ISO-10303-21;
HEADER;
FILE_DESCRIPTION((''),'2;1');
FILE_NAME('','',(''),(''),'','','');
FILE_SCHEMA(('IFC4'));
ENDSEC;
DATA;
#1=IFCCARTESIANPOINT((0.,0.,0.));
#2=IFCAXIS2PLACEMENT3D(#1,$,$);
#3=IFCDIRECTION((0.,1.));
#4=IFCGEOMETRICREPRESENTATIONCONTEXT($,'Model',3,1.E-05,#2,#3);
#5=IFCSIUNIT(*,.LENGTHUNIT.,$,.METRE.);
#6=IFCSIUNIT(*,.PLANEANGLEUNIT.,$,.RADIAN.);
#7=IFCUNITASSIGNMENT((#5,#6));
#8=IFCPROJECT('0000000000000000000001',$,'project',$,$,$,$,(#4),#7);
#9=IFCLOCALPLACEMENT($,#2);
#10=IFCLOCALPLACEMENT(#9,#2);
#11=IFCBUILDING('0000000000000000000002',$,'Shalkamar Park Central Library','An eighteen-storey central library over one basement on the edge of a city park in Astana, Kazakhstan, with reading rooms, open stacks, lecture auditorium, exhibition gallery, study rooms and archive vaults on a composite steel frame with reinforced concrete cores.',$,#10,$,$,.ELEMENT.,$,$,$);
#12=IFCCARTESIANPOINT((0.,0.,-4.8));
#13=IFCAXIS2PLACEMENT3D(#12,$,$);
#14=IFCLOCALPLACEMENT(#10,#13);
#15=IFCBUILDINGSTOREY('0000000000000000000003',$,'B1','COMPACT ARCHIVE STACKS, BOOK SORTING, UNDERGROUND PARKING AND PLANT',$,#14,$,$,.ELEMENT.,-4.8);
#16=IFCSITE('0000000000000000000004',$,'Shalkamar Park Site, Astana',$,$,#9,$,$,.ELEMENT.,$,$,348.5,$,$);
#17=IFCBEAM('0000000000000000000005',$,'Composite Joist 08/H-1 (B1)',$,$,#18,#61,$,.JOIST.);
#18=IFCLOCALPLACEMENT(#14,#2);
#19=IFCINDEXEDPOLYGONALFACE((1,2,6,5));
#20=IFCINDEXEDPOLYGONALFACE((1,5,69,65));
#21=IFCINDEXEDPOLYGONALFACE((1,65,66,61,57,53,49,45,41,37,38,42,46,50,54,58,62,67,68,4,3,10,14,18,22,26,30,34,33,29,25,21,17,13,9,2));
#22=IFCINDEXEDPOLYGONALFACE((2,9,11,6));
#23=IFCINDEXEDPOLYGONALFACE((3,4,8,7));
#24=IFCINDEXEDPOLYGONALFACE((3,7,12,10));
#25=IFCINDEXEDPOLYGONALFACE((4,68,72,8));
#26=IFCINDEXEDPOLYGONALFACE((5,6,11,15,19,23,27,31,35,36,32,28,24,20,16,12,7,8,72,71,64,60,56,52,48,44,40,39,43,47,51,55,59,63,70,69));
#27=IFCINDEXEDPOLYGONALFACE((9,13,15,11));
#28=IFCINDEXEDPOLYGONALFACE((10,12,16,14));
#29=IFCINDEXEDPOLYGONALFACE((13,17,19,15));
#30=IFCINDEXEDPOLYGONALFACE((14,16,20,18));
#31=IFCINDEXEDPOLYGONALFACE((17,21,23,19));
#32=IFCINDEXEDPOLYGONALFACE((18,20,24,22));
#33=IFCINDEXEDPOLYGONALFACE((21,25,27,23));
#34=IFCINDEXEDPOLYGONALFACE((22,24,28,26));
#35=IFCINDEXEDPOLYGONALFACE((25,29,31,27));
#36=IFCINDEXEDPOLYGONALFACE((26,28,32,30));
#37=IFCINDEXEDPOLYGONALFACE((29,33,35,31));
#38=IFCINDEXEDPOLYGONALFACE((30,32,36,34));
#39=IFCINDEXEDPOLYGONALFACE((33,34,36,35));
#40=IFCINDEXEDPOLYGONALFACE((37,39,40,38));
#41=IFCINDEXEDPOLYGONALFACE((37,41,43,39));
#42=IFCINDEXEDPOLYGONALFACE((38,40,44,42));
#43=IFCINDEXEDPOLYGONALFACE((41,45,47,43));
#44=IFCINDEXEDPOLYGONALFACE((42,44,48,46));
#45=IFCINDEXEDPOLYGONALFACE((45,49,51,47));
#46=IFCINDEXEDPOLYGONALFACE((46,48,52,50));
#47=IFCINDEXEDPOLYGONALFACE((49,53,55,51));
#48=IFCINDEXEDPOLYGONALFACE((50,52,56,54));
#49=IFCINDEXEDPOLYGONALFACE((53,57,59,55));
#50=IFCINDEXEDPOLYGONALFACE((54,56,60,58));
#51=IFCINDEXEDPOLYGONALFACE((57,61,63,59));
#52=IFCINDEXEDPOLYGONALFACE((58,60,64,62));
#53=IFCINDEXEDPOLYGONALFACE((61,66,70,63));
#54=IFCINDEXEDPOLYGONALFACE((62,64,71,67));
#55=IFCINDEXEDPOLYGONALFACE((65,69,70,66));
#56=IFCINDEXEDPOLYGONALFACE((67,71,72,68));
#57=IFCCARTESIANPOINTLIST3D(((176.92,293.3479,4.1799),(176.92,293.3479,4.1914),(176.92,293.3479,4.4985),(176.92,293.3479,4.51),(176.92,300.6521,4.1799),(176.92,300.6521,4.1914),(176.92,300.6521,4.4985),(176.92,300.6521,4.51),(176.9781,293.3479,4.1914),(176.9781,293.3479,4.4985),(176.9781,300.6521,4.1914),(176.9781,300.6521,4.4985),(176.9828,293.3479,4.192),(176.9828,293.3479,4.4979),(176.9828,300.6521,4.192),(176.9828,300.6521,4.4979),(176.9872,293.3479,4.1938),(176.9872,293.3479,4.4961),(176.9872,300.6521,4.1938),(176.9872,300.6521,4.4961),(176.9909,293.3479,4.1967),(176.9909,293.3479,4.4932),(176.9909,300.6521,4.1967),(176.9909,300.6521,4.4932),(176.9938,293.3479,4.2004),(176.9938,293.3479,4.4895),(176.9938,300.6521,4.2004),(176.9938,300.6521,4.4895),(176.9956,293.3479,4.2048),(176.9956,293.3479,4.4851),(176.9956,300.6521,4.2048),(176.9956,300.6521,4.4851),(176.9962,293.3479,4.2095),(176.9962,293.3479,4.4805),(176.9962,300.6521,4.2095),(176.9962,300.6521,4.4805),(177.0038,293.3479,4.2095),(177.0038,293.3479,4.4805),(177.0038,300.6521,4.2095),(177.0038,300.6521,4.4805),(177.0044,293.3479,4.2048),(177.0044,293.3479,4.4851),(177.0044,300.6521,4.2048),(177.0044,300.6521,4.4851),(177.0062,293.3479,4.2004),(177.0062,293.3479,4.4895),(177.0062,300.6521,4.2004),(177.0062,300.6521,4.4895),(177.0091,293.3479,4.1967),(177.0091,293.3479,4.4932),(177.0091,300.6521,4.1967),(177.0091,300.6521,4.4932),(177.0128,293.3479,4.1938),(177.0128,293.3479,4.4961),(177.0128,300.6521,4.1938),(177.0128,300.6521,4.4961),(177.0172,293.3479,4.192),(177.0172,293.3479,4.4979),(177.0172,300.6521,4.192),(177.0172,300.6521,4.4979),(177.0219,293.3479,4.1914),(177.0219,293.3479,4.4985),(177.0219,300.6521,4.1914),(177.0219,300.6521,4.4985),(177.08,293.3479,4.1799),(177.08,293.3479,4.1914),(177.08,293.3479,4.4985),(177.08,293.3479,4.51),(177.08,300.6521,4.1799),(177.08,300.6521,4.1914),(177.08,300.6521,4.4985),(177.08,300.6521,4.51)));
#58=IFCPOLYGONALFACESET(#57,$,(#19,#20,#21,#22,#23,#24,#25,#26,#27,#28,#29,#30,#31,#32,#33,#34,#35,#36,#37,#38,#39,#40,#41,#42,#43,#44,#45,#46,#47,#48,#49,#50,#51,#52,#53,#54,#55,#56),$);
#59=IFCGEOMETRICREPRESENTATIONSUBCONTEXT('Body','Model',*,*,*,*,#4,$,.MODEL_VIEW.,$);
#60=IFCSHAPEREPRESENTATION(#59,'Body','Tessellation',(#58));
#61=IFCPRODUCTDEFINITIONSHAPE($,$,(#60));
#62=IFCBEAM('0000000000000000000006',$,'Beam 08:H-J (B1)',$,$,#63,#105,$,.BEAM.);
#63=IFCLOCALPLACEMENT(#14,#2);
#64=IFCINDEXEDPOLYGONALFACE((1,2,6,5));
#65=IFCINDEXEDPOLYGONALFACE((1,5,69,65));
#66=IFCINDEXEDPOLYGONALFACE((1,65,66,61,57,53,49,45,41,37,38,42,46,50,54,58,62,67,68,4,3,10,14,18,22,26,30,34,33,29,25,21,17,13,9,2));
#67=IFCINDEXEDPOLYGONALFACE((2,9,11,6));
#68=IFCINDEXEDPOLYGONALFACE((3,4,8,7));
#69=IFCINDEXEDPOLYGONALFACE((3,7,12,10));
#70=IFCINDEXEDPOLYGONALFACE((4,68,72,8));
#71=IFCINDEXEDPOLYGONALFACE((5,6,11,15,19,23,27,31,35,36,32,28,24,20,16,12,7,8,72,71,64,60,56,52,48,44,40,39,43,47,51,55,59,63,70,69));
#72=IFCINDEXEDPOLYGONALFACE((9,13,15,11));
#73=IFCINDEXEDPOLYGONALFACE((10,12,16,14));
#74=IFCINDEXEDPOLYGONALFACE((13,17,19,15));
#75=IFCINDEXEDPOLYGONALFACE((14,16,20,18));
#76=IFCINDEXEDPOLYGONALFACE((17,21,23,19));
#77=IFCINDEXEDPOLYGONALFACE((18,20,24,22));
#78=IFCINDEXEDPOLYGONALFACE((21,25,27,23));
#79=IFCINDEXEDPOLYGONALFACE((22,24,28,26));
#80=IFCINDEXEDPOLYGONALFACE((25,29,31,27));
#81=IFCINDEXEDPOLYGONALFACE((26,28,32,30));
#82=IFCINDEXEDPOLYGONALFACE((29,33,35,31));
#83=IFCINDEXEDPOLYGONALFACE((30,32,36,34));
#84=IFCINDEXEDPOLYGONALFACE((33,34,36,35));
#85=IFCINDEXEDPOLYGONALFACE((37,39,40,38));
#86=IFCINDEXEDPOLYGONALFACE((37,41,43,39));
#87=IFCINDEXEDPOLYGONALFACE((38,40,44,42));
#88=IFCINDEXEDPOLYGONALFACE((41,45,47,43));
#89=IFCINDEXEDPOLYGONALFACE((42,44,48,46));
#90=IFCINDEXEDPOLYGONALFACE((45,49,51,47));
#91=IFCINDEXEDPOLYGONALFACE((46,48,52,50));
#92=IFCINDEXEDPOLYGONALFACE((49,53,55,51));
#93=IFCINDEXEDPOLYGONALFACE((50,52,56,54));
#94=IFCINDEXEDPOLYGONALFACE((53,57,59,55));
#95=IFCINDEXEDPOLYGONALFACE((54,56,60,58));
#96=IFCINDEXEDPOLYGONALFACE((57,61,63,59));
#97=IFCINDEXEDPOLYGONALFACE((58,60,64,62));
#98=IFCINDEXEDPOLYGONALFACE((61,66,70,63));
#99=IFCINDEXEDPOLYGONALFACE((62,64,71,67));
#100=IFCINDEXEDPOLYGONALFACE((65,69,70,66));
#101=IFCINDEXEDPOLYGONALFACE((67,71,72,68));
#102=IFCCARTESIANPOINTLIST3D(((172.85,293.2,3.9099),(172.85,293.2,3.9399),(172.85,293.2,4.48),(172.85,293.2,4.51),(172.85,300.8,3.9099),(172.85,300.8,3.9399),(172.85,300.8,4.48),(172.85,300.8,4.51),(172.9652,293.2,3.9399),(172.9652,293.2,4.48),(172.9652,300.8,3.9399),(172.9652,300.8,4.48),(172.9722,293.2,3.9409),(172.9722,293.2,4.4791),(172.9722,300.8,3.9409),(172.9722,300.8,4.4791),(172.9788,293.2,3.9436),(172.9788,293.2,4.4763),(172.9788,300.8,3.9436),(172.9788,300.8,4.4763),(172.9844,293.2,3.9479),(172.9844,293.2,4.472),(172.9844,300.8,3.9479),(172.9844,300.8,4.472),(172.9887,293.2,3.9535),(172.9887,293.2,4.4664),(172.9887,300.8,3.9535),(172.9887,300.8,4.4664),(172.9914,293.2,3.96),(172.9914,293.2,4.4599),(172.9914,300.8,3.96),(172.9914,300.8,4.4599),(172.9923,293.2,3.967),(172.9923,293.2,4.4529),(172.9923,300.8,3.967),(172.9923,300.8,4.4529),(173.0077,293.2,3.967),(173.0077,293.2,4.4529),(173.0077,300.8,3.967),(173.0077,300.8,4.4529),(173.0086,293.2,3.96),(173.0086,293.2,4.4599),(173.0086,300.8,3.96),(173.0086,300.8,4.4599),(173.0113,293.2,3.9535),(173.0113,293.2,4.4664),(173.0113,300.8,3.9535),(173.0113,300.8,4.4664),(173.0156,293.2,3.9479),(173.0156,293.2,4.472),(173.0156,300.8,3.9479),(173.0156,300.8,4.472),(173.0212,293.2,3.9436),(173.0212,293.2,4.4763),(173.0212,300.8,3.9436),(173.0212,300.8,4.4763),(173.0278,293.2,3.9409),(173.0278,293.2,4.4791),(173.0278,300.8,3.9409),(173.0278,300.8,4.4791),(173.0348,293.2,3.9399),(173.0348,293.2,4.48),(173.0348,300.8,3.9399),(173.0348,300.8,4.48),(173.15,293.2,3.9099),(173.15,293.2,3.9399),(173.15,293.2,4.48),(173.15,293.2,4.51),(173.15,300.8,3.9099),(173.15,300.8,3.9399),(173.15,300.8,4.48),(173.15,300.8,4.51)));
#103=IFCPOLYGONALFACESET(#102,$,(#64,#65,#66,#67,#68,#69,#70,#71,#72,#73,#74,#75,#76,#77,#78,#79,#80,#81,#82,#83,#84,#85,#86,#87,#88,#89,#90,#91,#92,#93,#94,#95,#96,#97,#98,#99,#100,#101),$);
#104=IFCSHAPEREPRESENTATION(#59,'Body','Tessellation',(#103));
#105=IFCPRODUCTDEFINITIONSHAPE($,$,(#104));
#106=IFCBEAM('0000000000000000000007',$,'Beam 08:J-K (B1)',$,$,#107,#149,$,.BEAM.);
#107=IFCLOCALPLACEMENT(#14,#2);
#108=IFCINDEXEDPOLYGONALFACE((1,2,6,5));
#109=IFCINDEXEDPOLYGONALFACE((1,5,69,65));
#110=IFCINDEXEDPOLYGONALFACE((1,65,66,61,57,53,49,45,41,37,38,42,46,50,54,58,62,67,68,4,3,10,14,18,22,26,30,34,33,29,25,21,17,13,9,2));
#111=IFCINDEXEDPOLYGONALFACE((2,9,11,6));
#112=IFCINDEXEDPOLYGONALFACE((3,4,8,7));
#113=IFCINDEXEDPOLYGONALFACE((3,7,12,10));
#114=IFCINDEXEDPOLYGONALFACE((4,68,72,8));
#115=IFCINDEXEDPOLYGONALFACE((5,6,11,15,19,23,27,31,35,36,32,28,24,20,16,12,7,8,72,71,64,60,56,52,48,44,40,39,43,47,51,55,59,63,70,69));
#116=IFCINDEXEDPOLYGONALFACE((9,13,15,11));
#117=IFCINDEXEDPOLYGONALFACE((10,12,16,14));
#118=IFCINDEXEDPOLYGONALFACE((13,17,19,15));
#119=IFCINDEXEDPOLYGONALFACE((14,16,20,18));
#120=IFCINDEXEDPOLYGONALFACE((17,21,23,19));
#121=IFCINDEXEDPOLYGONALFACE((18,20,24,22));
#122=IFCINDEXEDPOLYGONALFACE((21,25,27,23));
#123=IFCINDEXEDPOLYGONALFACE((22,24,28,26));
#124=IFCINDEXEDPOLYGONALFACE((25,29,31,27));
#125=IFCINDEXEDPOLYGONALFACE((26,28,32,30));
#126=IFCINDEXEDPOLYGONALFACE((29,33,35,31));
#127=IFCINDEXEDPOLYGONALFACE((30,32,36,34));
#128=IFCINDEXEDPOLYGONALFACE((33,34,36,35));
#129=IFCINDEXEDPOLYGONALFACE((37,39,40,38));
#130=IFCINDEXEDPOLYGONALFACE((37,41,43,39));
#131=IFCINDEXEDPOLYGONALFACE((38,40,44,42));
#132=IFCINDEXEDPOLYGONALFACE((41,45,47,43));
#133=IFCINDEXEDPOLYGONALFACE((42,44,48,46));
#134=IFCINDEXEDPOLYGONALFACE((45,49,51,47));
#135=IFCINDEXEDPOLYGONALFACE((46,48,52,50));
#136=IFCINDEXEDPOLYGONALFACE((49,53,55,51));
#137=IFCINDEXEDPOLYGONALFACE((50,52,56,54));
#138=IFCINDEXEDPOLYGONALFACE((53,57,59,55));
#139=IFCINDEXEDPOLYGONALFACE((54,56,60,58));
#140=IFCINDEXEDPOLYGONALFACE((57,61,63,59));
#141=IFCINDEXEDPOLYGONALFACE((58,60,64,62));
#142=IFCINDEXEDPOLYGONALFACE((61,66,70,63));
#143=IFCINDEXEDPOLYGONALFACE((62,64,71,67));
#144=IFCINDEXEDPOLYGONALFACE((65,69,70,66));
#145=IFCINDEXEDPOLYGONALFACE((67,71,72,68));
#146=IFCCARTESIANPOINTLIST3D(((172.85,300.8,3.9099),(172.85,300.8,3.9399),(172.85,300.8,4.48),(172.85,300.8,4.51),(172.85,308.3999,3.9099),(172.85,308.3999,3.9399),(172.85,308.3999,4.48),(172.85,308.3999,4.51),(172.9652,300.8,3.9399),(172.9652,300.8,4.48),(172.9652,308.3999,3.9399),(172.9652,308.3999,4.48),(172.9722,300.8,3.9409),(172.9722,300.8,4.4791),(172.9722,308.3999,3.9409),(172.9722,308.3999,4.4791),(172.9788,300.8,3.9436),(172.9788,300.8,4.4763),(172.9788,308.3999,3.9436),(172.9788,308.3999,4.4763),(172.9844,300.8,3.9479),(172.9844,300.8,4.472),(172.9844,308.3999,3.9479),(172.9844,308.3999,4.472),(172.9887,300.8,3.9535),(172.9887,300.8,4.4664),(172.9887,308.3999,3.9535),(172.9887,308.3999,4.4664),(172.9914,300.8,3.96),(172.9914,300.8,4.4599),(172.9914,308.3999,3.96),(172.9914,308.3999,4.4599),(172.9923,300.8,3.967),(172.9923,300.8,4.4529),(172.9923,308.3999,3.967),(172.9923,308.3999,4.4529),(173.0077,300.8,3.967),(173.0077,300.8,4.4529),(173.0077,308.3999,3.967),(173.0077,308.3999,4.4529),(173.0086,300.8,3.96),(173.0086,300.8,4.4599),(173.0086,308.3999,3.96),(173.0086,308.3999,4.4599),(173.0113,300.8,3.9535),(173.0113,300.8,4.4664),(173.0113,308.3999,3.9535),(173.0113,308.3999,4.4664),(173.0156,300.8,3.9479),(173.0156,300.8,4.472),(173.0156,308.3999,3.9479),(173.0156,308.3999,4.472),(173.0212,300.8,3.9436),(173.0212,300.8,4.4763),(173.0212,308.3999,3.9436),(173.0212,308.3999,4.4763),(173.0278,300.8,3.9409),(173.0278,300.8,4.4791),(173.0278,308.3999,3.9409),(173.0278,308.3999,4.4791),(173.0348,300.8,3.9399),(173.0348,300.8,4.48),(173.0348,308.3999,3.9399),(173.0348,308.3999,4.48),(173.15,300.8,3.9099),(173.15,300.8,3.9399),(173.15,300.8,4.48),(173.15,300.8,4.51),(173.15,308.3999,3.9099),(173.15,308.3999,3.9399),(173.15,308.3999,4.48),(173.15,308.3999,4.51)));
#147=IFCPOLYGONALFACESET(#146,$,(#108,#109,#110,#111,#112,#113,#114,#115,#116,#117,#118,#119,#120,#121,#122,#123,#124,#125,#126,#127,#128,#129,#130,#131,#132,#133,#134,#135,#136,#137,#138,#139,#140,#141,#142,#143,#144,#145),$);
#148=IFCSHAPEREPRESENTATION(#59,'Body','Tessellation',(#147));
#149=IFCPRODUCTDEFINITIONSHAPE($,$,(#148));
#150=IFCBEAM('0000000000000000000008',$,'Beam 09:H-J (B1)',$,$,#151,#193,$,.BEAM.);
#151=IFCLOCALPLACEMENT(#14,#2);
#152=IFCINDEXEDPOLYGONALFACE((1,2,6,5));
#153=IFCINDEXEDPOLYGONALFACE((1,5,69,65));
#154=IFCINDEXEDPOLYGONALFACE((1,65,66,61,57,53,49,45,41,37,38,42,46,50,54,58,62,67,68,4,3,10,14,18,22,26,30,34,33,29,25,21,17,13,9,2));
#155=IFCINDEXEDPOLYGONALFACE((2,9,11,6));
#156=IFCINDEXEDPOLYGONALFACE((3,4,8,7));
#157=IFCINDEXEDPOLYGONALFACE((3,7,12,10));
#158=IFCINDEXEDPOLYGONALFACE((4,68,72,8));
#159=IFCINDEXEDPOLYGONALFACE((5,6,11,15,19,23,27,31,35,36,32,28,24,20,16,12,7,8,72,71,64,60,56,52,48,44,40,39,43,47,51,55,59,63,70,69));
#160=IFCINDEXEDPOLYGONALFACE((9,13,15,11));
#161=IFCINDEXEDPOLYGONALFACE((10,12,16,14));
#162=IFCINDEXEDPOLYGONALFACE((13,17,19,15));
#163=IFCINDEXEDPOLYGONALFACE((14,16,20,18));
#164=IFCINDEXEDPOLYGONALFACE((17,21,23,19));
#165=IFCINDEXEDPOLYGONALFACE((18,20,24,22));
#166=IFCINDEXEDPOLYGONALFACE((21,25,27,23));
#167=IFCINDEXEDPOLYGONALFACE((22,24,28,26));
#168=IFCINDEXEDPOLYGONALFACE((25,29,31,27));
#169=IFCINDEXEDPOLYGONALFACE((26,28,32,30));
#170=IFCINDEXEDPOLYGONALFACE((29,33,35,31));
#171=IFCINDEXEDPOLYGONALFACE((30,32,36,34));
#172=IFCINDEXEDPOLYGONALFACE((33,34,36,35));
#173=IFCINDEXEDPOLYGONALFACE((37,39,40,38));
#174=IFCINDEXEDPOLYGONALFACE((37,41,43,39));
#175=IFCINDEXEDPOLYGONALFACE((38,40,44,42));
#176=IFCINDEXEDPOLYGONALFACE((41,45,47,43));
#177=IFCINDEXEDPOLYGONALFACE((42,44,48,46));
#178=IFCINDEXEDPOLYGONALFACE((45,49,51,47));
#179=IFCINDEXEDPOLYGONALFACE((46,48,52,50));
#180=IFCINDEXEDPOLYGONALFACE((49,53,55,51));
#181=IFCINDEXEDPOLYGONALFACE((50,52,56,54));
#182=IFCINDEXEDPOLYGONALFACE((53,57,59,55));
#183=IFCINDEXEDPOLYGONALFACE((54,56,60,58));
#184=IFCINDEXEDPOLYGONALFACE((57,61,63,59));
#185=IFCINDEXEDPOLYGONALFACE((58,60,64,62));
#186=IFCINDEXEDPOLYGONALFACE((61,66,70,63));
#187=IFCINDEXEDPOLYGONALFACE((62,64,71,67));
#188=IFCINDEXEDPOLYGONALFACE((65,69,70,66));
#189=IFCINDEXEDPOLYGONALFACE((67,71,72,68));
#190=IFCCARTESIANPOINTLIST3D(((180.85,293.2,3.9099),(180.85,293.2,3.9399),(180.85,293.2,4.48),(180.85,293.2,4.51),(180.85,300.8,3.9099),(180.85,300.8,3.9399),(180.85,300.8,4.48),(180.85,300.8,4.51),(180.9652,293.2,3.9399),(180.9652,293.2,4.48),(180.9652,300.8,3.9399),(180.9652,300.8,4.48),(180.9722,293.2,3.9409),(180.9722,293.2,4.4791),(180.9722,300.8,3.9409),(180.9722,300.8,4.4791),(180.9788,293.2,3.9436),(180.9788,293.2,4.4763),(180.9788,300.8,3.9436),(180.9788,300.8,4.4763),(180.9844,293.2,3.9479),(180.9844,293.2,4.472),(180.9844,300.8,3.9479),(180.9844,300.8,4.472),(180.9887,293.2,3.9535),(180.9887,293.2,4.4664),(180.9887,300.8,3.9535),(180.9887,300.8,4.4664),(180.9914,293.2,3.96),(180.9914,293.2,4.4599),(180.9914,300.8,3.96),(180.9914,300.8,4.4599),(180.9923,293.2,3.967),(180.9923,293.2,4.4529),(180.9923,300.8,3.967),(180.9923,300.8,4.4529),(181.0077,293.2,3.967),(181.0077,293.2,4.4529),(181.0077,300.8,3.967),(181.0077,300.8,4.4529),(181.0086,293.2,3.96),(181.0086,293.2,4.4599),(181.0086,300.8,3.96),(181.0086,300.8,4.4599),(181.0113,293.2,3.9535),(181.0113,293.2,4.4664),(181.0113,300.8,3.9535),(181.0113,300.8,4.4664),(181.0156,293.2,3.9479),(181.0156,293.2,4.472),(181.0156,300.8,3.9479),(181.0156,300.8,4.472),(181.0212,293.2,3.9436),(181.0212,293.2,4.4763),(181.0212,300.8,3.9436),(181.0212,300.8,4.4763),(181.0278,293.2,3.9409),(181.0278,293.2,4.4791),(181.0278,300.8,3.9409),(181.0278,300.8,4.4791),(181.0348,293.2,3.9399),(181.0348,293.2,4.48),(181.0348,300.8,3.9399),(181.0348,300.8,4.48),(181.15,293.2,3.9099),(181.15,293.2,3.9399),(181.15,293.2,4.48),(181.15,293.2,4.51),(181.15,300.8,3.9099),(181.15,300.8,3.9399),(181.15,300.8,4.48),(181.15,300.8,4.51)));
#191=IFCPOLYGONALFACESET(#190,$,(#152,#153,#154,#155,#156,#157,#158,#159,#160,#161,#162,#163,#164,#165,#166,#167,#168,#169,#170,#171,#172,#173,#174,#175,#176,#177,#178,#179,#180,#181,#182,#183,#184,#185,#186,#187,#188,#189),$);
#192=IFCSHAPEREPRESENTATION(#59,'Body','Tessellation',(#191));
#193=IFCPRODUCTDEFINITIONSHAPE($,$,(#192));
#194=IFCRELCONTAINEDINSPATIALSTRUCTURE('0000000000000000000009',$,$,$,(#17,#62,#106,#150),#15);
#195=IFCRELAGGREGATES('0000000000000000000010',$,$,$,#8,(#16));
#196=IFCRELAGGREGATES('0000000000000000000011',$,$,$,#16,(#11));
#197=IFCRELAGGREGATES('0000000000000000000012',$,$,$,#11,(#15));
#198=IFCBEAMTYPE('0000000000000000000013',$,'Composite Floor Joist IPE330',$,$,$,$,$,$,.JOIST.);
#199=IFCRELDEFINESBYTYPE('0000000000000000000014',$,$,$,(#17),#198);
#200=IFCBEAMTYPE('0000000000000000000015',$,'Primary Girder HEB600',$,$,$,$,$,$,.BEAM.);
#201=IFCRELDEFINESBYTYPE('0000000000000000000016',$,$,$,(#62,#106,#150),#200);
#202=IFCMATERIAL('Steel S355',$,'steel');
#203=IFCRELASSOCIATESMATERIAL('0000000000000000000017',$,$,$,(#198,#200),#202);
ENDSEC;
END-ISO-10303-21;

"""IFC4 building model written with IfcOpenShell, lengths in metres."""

from ifc_helpers import new_model, si_unit, direction, frame, origin, origin_2d, place, context, subcontext, project, spatial, i_section, extrude, material, material_profile, profile_set, type_object, element, save


model = new_model("IFC4")

# Units and contexts
model_context = context("Model", 3, precision=1e-05, world=origin(), true_north=direction((0.0, 1.0)))
body_context = subcontext(model_context, "Body", "Model", "MODEL_VIEW")
ifc_project = project(units=[si_unit("LENGTHUNIT", "METRE"), si_unit("PLANEANGLEUNIT", "RADIAN")], contexts=[model_context])

# Site, building, storey
site_placement = place(None, origin())
site = spatial("IfcSite", under=ifc_project, at=site_placement, Name="Shalkamar Park Site, Astana", CompositionType="ELEMENT", RefElevation=348.5)
building_placement = place(site_placement, origin())
building = spatial("IfcBuilding", under=site, at=building_placement, Name="Shalkamar Park Central Library", Description="An eighteen-storey central library over one basement on the edge of a city park in Astana, Kazakhstan, with reading rooms, open stacks, lecture auditorium, exhibition gallery, study rooms and archive vaults on a composite steel frame with reinforced concrete cores.", CompositionType="ELEMENT")
storey_placement = place(building_placement, frame((0.0, 0.0, -4.8)))
storey = spatial("IfcBuildingStorey", under=building, at=storey_placement, Name="B1", Description="COMPACT ARCHIVE STACKS, BOOK SORTING, UNDERGROUND PARKING AND PLANT", CompositionType="ELEMENT", Elevation=-4.8)

# Shared definitions
ifc_material_1 = material(Name="Steel S355", Category="steel")

# Beams
ifc_material_profile_1 = material_profile(ifc_material_1, i_section(OverallWidth=0.1599, OverallDepth=0.3301, WebThickness=0.0076, FlangeThickness=0.0115, FilletRadius=0.0181, at=origin_2d()), Name="IPE 330")
ifc_profile_set_1 = profile_set([ifc_material_profile_1], Name="Steel S355")
beam_type_1 = type_object("IfcBeamType", Name="Composite Floor Joist IPE330", PredefinedType="JOIST", material=ifc_profile_set_1)
beam_1_placement = place(storey_placement, frame((177.0, 293.3479, 4.345), z_axis=(0.0, 1.0, 0.0), x_axis=(-1.0, 0.0, 0.0)))
element("IfcBeam", 1, at=beam_1_placement, inside=storey, type_object=beam_type_1, Name="Composite Joist 08/H-1 (B1)", PredefinedType="JOIST", context=body_context, shape_type="SweptSolid", body=[
    extrude(i_section(OverallWidth=0.1599, OverallDepth=0.3301, WebThickness=0.0076, FlangeThickness=0.0115, FilletRadius=0.0181, at=origin_2d()), origin(), (0.0, 0.0, 1.0), 7.3042),
])
ifc_material_profile_2 = material_profile(ifc_material_1, i_section(OverallWidth=0.3, OverallDepth=0.6001, WebThickness=0.0154, FlangeThickness=0.03, FilletRadius=0.0271, at=origin_2d()), Name="HEB 600")
ifc_profile_set_2 = profile_set([ifc_material_profile_2], Name="Steel S355")
beam_type_2 = type_object("IfcBeamType", Name="Primary Girder HEB600", PredefinedType="BEAM", material=ifc_profile_set_2)
beam_2_placement = place(storey_placement, frame((173.0, 293.2, 4.21), z_axis=(0.0, 1.0, 0.0), x_axis=(-1.0, 0.0, 0.0)))
element("IfcBeam", 2, at=beam_2_placement, inside=storey, type_object=beam_type_2, Name="Beam 08:H-J (B1)", PredefinedType="BEAM", context=body_context, shape_type="SweptSolid", body=[
    extrude(i_section(OverallWidth=0.3, OverallDepth=0.6001, WebThickness=0.0154, FlangeThickness=0.03, FilletRadius=0.0271, at=origin_2d()), origin(), (0.0, 0.0, 1.0), 7.6001),
])
beam_3_placement = place(storey_placement, frame((173.0, 300.8, 4.21), z_axis=(0.0, 1.0, 0.0), x_axis=(-1.0, 0.0, 0.0)))
element("IfcBeam", 3, at=beam_3_placement, inside=storey, type_object=beam_type_2, Name="Beam 08:J-K (B1)", PredefinedType="BEAM", context=body_context, shape_type="SweptSolid", body=[
    extrude(i_section(OverallWidth=0.3, OverallDepth=0.6001, WebThickness=0.0154, FlangeThickness=0.03, FilletRadius=0.0271, at=origin_2d()), origin(), (0.0, 0.0, 1.0), 7.5999),
])
beam_4_placement = place(storey_placement, frame((181.0, 293.2, 4.21), z_axis=(0.0, 1.0, 0.0), x_axis=(-1.0, 0.0, 0.0)))
element("IfcBeam", 4, at=beam_4_placement, inside=storey, type_object=beam_type_2, Name="Beam 09:H-J (B1)", PredefinedType="BEAM", context=body_context, shape_type="SweptSolid", body=[
    extrude(i_section(OverallWidth=0.3, OverallDepth=0.6001, WebThickness=0.0154, FlangeThickness=0.03, FilletRadius=0.0271, at=origin_2d()), origin(), (0.0, 0.0, 1.0), 7.6001),
])

save(model, "model.ifc")
